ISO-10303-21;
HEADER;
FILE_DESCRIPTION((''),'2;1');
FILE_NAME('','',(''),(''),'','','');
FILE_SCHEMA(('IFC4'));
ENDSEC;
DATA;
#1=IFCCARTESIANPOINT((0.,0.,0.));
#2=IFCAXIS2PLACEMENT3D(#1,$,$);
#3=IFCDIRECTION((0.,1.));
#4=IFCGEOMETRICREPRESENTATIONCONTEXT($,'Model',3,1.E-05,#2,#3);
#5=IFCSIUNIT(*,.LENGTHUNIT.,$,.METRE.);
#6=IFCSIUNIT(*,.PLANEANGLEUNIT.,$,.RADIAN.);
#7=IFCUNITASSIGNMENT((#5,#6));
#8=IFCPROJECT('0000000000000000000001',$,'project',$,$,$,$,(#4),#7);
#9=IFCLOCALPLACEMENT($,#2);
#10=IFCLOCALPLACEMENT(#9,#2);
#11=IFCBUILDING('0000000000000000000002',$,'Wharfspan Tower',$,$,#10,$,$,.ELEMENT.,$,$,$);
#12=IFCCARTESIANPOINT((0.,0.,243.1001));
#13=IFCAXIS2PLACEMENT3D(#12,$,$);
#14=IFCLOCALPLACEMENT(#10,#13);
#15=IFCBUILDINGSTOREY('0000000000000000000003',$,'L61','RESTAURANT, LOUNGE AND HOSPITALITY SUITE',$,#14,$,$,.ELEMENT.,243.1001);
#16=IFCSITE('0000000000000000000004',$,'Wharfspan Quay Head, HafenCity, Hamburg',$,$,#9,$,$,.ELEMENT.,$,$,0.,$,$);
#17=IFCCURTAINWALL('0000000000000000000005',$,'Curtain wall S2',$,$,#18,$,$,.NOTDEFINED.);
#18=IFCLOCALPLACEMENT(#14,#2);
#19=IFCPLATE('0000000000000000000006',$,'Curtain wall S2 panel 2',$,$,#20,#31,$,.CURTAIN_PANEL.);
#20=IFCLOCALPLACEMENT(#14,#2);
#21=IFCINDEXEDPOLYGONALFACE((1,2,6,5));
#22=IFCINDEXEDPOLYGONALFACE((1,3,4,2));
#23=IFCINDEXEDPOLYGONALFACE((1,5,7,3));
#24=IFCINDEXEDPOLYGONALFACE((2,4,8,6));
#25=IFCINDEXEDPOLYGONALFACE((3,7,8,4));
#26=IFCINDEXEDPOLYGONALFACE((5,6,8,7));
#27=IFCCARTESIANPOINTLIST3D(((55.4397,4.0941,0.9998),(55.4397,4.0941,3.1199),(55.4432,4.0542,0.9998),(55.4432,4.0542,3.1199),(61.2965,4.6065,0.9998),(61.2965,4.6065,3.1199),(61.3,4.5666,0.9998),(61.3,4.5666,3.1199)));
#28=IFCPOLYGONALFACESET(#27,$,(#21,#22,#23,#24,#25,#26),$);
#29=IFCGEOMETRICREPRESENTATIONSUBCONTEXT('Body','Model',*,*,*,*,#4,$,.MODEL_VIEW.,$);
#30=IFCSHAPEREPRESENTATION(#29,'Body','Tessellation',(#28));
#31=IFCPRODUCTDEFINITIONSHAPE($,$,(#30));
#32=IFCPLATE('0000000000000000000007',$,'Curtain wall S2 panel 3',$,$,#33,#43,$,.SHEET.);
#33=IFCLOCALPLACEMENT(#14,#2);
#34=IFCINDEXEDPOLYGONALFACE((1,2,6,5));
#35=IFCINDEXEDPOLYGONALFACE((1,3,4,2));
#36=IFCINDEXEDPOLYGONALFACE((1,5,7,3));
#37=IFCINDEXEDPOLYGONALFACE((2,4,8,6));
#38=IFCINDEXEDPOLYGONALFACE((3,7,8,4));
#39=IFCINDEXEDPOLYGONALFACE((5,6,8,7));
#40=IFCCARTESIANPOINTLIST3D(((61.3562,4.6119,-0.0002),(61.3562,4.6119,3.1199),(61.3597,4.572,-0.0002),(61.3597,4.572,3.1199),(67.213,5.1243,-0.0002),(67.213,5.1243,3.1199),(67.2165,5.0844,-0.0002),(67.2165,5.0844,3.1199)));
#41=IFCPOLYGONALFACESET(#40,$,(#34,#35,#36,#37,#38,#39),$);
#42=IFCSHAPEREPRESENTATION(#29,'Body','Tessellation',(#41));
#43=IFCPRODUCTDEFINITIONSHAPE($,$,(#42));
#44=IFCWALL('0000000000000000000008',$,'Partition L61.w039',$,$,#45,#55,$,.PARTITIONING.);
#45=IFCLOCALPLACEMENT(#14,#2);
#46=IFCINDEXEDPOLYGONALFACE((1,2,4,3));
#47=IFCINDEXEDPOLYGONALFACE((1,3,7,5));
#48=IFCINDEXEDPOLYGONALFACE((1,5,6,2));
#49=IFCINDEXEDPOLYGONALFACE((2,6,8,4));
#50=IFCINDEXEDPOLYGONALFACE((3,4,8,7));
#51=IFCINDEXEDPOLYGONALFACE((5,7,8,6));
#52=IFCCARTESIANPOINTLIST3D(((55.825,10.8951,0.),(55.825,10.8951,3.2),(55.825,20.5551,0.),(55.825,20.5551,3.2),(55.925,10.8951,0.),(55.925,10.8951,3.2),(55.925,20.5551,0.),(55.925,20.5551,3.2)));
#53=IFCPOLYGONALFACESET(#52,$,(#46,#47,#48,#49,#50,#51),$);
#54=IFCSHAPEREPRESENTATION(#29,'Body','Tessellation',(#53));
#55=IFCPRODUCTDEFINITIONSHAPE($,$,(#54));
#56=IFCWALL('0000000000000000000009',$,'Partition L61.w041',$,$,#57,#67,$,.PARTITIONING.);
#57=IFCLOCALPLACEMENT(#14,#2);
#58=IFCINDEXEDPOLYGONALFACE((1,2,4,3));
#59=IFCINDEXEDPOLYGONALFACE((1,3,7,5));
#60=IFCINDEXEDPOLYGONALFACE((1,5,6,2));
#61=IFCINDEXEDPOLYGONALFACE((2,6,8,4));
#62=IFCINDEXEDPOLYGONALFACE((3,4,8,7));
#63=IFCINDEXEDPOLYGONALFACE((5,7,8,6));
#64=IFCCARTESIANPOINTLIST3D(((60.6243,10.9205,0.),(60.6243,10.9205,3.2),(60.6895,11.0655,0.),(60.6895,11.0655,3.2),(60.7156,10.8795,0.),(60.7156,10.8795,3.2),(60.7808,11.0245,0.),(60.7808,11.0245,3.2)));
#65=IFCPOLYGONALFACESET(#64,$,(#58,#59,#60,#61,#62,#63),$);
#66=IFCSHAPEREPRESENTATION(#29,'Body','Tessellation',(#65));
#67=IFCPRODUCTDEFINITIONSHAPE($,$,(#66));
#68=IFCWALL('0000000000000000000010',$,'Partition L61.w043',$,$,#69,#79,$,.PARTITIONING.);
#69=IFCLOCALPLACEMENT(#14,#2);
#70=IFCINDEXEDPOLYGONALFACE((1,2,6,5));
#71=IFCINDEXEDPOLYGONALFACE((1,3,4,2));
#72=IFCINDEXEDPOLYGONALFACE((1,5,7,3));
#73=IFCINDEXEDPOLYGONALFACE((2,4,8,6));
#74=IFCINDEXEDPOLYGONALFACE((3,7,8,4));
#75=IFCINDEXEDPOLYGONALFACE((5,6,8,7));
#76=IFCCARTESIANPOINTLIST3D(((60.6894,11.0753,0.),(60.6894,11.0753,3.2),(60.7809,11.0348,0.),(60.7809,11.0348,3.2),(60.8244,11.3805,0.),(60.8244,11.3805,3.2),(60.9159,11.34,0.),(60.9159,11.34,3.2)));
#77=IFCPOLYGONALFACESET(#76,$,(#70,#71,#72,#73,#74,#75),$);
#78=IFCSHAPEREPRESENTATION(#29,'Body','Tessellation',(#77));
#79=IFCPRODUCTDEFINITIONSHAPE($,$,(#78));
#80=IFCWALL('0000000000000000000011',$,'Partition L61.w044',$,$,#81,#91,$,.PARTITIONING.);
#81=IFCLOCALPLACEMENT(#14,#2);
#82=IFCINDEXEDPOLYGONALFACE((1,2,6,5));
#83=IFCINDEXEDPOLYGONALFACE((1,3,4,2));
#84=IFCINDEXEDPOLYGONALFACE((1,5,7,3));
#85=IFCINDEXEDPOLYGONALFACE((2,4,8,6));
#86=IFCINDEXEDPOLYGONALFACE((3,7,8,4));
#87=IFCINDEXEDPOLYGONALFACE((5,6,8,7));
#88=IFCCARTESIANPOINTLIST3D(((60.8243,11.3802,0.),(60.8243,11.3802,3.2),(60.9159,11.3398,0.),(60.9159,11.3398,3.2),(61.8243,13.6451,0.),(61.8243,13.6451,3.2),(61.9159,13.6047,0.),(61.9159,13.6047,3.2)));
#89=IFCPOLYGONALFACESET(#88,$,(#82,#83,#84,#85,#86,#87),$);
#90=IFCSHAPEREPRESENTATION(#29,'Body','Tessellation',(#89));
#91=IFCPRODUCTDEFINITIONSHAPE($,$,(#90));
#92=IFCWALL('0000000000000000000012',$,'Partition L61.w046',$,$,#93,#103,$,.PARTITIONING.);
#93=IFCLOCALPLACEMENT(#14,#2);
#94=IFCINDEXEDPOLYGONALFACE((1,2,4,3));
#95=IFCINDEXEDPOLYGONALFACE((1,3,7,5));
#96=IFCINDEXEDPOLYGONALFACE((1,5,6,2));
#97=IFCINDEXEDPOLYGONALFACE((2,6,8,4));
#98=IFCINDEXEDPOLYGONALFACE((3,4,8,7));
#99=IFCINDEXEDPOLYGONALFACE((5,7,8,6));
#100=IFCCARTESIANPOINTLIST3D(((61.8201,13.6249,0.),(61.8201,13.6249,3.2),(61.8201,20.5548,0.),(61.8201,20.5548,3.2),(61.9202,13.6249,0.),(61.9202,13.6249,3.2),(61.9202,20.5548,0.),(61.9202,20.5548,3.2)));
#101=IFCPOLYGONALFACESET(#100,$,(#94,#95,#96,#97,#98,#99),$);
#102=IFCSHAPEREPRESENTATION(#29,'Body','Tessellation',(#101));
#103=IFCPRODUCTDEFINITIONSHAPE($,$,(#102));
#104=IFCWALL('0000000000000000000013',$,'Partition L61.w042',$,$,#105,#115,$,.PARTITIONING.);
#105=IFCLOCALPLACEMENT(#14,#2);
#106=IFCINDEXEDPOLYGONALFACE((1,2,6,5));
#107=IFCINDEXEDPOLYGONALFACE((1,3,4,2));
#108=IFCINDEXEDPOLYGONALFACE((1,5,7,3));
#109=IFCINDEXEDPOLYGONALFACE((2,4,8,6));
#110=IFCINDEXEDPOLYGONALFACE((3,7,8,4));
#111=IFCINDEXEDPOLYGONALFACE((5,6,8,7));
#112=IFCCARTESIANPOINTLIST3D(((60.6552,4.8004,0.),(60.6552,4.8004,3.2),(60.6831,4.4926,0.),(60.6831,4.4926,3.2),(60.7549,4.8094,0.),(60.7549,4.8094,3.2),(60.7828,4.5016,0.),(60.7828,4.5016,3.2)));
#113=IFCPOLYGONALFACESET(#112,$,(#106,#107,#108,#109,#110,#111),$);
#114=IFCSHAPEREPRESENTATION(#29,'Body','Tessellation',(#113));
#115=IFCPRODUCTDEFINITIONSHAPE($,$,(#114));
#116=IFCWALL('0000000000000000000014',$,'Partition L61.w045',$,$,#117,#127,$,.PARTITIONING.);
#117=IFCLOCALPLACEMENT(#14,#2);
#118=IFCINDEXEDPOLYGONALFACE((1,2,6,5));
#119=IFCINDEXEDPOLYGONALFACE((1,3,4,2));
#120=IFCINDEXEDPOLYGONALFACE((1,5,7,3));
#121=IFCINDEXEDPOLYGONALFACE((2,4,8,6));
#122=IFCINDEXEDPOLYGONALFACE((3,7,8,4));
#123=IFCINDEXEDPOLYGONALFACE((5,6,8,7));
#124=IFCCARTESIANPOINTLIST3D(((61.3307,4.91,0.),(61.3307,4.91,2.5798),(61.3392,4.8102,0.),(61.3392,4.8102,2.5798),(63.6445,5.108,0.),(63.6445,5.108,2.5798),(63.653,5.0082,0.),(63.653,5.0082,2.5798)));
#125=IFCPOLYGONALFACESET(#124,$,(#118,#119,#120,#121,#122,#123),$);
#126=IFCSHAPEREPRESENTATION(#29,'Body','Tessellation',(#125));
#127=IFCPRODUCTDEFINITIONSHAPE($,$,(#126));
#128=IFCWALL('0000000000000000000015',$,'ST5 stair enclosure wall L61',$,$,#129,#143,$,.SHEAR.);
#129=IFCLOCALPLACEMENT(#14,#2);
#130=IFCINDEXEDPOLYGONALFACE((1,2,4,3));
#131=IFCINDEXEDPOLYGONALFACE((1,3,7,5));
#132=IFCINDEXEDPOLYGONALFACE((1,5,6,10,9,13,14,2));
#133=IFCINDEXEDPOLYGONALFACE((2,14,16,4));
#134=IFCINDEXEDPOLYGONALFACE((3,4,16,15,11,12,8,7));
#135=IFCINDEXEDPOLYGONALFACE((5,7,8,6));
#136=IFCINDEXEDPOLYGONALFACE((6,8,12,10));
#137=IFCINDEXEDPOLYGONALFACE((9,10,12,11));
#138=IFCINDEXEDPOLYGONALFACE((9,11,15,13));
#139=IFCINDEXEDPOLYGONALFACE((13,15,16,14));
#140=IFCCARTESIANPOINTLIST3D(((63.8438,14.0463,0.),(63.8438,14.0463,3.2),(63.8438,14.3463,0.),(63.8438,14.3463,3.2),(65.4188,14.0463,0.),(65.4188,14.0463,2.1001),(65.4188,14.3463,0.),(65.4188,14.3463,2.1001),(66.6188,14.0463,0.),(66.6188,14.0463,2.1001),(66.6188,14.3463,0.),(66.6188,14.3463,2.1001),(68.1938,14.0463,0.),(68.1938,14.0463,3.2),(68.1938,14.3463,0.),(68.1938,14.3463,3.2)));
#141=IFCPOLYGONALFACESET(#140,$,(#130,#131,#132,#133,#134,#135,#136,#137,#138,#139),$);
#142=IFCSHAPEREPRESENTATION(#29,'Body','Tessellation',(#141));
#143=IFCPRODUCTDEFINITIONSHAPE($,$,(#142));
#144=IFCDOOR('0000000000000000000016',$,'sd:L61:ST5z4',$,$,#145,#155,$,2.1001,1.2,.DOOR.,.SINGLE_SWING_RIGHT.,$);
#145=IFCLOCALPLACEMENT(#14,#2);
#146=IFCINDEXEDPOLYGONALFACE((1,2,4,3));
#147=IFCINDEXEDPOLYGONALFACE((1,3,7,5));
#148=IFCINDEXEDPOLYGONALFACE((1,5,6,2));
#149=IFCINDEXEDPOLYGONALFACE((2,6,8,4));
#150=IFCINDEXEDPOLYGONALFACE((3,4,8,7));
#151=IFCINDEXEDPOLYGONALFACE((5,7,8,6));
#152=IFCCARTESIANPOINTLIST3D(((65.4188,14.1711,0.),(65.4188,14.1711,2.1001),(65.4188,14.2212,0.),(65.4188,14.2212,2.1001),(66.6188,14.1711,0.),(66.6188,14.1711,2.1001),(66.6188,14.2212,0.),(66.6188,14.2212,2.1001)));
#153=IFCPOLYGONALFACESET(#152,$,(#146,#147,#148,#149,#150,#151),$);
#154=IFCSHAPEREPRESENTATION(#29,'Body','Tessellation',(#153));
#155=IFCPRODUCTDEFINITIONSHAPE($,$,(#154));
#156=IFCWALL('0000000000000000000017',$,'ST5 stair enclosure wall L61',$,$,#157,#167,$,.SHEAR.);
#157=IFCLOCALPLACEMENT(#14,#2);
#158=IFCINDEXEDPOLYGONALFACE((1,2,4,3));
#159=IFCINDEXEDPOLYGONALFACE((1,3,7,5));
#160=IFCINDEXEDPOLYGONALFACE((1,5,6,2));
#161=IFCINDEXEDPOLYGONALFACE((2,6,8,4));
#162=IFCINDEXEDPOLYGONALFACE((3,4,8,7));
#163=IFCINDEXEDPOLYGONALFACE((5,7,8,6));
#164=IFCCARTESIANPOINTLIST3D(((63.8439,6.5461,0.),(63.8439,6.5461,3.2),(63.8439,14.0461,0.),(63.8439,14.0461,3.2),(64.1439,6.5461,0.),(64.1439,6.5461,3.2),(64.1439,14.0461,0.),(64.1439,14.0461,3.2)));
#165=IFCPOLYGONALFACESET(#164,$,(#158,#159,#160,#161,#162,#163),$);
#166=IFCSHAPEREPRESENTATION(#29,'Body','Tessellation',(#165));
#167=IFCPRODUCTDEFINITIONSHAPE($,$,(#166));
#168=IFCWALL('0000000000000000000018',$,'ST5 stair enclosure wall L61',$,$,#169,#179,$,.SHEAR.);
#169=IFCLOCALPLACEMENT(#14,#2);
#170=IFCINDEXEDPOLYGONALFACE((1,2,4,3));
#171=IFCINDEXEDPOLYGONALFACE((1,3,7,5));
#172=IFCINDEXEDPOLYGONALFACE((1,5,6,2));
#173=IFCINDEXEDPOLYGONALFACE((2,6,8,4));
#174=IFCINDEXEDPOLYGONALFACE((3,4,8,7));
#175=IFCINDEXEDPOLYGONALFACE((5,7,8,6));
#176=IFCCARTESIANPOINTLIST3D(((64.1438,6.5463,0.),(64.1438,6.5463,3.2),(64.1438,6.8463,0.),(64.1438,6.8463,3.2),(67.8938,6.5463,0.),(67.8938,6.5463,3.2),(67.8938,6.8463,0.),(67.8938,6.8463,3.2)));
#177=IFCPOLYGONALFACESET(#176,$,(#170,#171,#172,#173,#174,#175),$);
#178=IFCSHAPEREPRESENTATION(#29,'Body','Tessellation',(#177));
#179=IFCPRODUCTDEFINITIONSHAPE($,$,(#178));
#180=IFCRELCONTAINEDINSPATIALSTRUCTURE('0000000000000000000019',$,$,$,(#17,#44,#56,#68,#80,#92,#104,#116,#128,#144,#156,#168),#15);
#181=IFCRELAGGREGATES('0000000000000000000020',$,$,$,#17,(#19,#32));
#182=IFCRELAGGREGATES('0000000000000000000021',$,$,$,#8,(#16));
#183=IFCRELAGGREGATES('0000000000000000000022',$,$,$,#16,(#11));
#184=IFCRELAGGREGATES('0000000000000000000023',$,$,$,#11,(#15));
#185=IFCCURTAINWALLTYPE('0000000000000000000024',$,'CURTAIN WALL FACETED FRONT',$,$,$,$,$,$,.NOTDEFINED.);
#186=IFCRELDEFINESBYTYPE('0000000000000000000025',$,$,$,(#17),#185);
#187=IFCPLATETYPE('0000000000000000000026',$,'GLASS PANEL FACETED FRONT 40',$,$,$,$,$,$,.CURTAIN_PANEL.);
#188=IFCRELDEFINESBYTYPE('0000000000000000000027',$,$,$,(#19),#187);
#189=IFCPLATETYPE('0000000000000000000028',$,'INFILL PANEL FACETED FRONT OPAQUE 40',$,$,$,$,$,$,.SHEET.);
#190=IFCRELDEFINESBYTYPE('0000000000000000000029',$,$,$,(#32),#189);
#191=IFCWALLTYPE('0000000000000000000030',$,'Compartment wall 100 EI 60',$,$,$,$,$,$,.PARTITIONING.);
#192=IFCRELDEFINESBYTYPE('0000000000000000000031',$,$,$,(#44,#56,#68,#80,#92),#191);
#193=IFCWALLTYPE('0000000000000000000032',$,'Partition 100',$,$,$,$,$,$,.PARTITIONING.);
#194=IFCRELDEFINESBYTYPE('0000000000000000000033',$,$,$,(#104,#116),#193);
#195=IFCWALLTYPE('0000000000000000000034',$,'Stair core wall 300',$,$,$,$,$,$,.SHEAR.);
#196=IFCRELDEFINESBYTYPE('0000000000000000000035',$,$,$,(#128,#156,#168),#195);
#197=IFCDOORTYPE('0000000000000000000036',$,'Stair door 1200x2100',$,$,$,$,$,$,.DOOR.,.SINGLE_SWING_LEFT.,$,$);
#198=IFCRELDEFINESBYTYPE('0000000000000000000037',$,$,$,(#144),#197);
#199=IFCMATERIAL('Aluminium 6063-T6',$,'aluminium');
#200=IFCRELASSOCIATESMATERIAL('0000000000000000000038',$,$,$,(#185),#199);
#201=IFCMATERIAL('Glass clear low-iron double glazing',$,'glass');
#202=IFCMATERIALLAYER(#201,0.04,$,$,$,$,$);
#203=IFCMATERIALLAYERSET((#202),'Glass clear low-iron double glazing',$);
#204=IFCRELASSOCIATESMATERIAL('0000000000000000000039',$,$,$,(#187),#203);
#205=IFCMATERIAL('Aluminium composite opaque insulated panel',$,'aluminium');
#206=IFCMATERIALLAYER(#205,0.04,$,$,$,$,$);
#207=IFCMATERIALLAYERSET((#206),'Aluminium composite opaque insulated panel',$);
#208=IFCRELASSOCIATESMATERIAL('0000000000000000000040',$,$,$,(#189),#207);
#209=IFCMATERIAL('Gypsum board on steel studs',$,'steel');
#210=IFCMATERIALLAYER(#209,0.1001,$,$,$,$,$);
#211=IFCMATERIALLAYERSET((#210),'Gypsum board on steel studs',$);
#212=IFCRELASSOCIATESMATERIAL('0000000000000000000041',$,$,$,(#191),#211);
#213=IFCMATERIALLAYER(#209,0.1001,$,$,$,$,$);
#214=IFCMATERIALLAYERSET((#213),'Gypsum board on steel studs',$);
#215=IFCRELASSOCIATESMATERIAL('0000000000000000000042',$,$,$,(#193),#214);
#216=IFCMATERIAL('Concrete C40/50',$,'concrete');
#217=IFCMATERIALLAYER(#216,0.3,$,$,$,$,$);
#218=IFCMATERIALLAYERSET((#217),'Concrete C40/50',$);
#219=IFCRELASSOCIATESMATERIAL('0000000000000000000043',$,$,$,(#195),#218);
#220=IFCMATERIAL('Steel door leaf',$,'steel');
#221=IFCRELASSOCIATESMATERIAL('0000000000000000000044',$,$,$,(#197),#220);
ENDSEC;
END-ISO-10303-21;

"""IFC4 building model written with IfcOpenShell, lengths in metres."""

from ifc_helpers import new_model, si_unit, direction, frame, frame_2d, origin, origin_2d, place, context, subcontext, project, spatial, rectangle, extrude, material, layer, layer_set, type_object, element, fill, aggregate, save


model = new_model("IFC4")

# Units and contexts
model_context = context("Model", 3, precision=1e-05, world=origin(), true_north=direction((0.0, 1.0)))
body_context = subcontext(model_context, "Body", "Model", "MODEL_VIEW")
ifc_project = project(units=[si_unit("LENGTHUNIT", "METRE"), si_unit("PLANEANGLEUNIT", "RADIAN")], contexts=[model_context])

# Site, building, storey
site_placement = place(None, origin())
site = spatial("IfcSite", under=ifc_project, at=site_placement, Name="Wharfspan Quay Head, HafenCity, Hamburg", CompositionType="ELEMENT", RefElevation=0.0)
building_placement = place(site_placement, origin())
building = spatial("IfcBuilding", under=site, at=building_placement, Name="Wharfspan Tower", CompositionType="ELEMENT")
storey_placement = place(building_placement, frame((0.0, 0.0, 243.1001)))
storey = spatial("IfcBuildingStorey", under=building, at=storey_placement, Name="L61", Description="RESTAURANT, LOUNGE AND HOSPITALITY SUITE", CompositionType="ELEMENT", Elevation=243.1001)

# Curtain wall, plates
ifc_material_1 = material(Name="Aluminium 6063-T6", Category="aluminium")
curtain_wall_type = type_object("IfcCurtainWallType", Name="CURTAIN WALL FACETED FRONT", PredefinedType="NOTDEFINED", material=ifc_material_1)
curtain_wall_placement = place(storey_placement, origin())
curtain_wall = element("IfcCurtainWall", 1, at=curtain_wall_placement, inside=storey, type_object=curtain_wall_type, Name="Curtain wall S2", PredefinedType="NOTDEFINED")
ifc_material_2 = material(Name="Glass clear low-iron double glazing", Category="glass")
ifc_layer_1 = layer(ifc_material_2, 0.04)
ifc_layer_set_1 = layer_set([ifc_layer_1], Name="Glass clear low-iron double glazing")
plate_type_1 = type_object("IfcPlateType", Name="GLASS PANEL FACETED FRONT 40", PredefinedType="CURTAIN_PANEL", material=ifc_layer_set_1)
plate_1_placement = place(storey_placement, frame((58.3699, 4.3303, 0.9998), z_axis=(0.0, 0.0, 1.0), x_axis=(0.996197, 0.087156, 0.0)))
plate_1 = element("IfcPlate", 2, at=plate_1_placement, type_object=plate_type_1, Name="Curtain wall S2 panel 2", PredefinedType="CURTAIN_PANEL", context=body_context, shape_type="SweptSolid", body=[
    extrude(rectangle(XDim=5.8792, YDim=0.04, at=origin_2d()), origin(), (0.0, 0.0, 1.0), 2.1201),
])
ifc_material_3 = material(Name="Aluminium composite opaque insulated panel", Category="aluminium")
ifc_layer_2 = layer(ifc_material_3, 0.04)
ifc_layer_set_2 = layer_set([ifc_layer_2], Name="Aluminium composite opaque insulated panel")
plate_type_2 = type_object("IfcPlateType", Name="INFILL PANEL FACETED FRONT OPAQUE 40", PredefinedType="SHEET", material=ifc_layer_set_2)
plate_2_placement = place(storey_placement, frame((64.2864, 4.8481, -0.0002), z_axis=(0.0, 0.0, 1.0), x_axis=(0.996197, 0.087156, 0.0)))
plate_2 = element("IfcPlate", 3, at=plate_2_placement, type_object=plate_type_2, Name="Curtain wall S2 panel 3", PredefinedType="SHEET", context=body_context, shape_type="SweptSolid", body=[
    extrude(rectangle(XDim=5.8792, YDim=0.04, at=origin_2d()), origin(), (0.0, 0.0, 1.0), 3.1201),
])
aggregate(curtain_wall, [plate_1, plate_2])

# Walls
ifc_material_4 = material(Name="Gypsum board on steel studs", Category="steel")
ifc_layer_3 = layer(ifc_material_4, 0.1001)
ifc_layer_set_3 = layer_set([ifc_layer_3], Name="Gypsum board on steel studs")
wall_type_1 = type_object("IfcWallType", Name="Compartment wall 100 EI 60", PredefinedType="PARTITIONING", material=ifc_layer_set_3)
wall_1_placement = place(storey_placement, frame((55.875, 10.895, 0.0), z_axis=(0.0, 0.0, 1.0), x_axis=(0.0, 1.0, 0.0)))
element("IfcWall", 4, at=wall_1_placement, inside=storey, type_object=wall_type_1, Name="Partition L61.w039", PredefinedType="PARTITIONING", context=body_context, shape_type="SweptSolid", body=[
    extrude(rectangle(XDim=9.6599, YDim=0.1001, at=frame_2d((4.8301, 0.0))), origin(), (0.0, 0.0, 1.0), 3.2),
])
wall_2_placement = place(storey_placement, frame((60.6699, 10.8999, 0.0), z_axis=(0.0, 0.0, 1.0), x_axis=(0.409983, 0.912097, 0.0)))
element("IfcWall", 5, at=wall_2_placement, inside=storey, type_object=wall_type_1, Name="Partition L61.w041", PredefinedType="PARTITIONING", context=body_context, shape_type="SweptSolid", body=[
    extrude(rectangle(XDim=0.1589, YDim=0.1001, at=frame_2d((0.0796, 0.0))), origin(), (0.0, 0.0, 1.0), 3.2),
])
wall_3_placement = place(storey_placement, frame((60.7351, 11.0549, 0.0), z_axis=(0.0, 0.0, 1.0), x_axis=(0.404577, 0.914505, 0.0)))
element("IfcWall", 6, at=wall_3_placement, inside=storey, type_object=wall_type_1, Name="Partition L61.w043", PredefinedType="PARTITIONING", context=body_context, shape_type="SweptSolid", body=[
    extrude(rectangle(XDim=0.3337, YDim=0.1001, at=frame_2d((0.167, 0.0))), origin(), (0.0, 0.0, 1.0), 3.2),
])
wall_4_placement = place(storey_placement, frame((60.8701, 11.3601, 0.0), z_axis=(0.0, 0.0, 1.0), x_axis=(0.403903, 0.914797, 0.0)))
element("IfcWall", 7, at=wall_4_placement, inside=storey, type_object=wall_type_1, Name="Partition L61.w044", PredefinedType="PARTITIONING", context=body_context, shape_type="SweptSolid", body=[
    extrude(rectangle(XDim=2.4758, YDim=0.1001, at=frame_2d((1.2378, 0.0))), origin(), (0.0, 0.0, 1.0), 3.2),
])
wall_5_placement = place(storey_placement, frame((61.8701, 13.625, 0.0), z_axis=(0.0, 0.0, 1.0), x_axis=(0.0, 1.0, 0.0)))
element("IfcWall", 8, at=wall_5_placement, inside=storey, type_object=wall_type_1, Name="Partition L61.w046", PredefinedType="PARTITIONING", context=body_context, shape_type="SweptSolid", body=[
    extrude(rectangle(XDim=6.9299, YDim=0.1001, at=frame_2d((3.4648, 0.0))), origin(), (0.0, 0.0, 1.0), 3.2),
])
ifc_layer_4 = layer(ifc_material_4, 0.1001)
ifc_layer_set_4 = layer_set([ifc_layer_4], Name="Gypsum board on steel studs")
wall_type_2 = type_object("IfcWallType", Name="Partition 100", PredefinedType="PARTITIONING", material=ifc_layer_set_4)
wall_6_placement = place(storey_placement, frame((60.7329, 4.4971, 0.0), z_axis=(0.0, 0.0, 1.0), x_axis=(-0.090037, 0.995936, 0.0)))
element("IfcWall", 9, at=wall_6_placement, inside=storey, type_object=wall_type_2, Name="Partition L61.w042", PredefinedType="PARTITIONING", context=body_context, shape_type="SweptSolid", body=[
    extrude(rectangle(XDim=0.3091, YDim=0.1001, at=frame_2d((0.1545, 0.0))), origin(), (0.0, 0.0, 1.0), 3.2),
])
wall_7_placement = place(storey_placement, frame((61.335, 4.8601, 0.0), z_axis=(0.0, 0.0, 1.0), x_axis=(0.996359, 0.085264, 0.0)))
element("IfcWall", 10, at=wall_7_placement, inside=storey, type_object=wall_type_2, Name="Partition L61.w045", PredefinedType="PARTITIONING", context=body_context, shape_type="SweptSolid", body=[
    extrude(rectangle(XDim=2.3223, YDim=0.1001, at=frame_2d((1.1611, 0.0))), origin(), (0.0, 0.0, 1.0), 2.5798),
])

# Wall, opening, door
ifc_material_5 = material(Name="Concrete C40/50", Category="concrete")
ifc_layer_5 = layer(ifc_material_5, 0.3)
ifc_layer_set_5 = layer_set([ifc_layer_5], Name="Concrete C40/50")
wall_type_3 = type_object("IfcWallType", Name="Stair core wall 300", PredefinedType="SHEAR", material=ifc_layer_set_5)
wall_8_placement = place(storey_placement, frame((63.8438, 14.1963, 0.0), z_axis=(0.0, 0.0, 1.0), x_axis=(1.0, 0.0, 0.0)))
wall_8 = element("IfcWall", 11, at=wall_8_placement, inside=storey, type_object=wall_type_3, Name="ST5 stair enclosure wall L61", PredefinedType="SHEAR", context=body_context, shape_type="SweptSolid", body=[
    extrude(rectangle(XDim=4.3501, YDim=0.3, at=frame_2d((2.175, 0.0))), origin(), (0.0, 0.0, 1.0), 3.2),
])
opening_placement = place(wall_8_placement, frame((1.575, 0.0, 0.0)))
opening = element("IfcOpeningElement", 12, at=opening_placement, cuts=wall_8, PredefinedType="OPENING", context=body_context, shape_type="SweptSolid", body=[
    extrude(rectangle(XDim=1.2, YDim=2.1001, at=frame_2d((0.6001, 1.05))), frame((0.0, 0.1599, 0.0), z_axis=(0.0, -1.0, 0.0), x_axis=(1.0, 0.0, 0.0)), (0.0, 0.0, 1.0), 0.3201),
])
ifc_material_6 = material(Name="Steel door leaf", Category="steel")
door_type = type_object("IfcDoorType", Name="Stair door 1200x2100", OperationType="SINGLE_SWING_LEFT", PredefinedType="DOOR", material=ifc_material_6)
door_placement = place(opening_placement, origin())
door = element("IfcDoor", 13, at=door_placement, inside=storey, type_object=door_type, Name="sd:L61:ST5z4", OperationType="SINGLE_SWING_RIGHT", OverallHeight=2.1001, OverallWidth=1.2, PredefinedType="DOOR", context=body_context, shape_type="SweptSolid", body=[
    extrude(rectangle(XDim=1.2, YDim=2.1001, at=frame_2d((0.6001, 1.05))), frame((0.0, 0.0249, 0.0), z_axis=(0.0, -1.0, 0.0), x_axis=(1.0, 0.0, 0.0)), (0.0, 0.0, 1.0), 0.05),
])
fill(opening, door)

# Walls
wall_9_placement = place(storey_placement, frame((63.9939, 6.5461, 0.0), z_axis=(0.0, 0.0, 1.0), x_axis=(0.0, 1.0, 0.0)))
element("IfcWall", 14, at=wall_9_placement, inside=storey, type_object=wall_type_3, Name="ST5 stair enclosure wall L61", PredefinedType="SHEAR", context=body_context, shape_type="SweptSolid", body=[
    extrude(rectangle(XDim=7.5, YDim=0.3, at=frame_2d((3.75, 0.0))), origin(), (0.0, 0.0, 1.0), 3.2),
])
wall_10_placement = place(storey_placement, frame((64.1438, 6.6963, 0.0), z_axis=(0.0, 0.0, 1.0), x_axis=(1.0, 0.0, 0.0)))
element("IfcWall", 15, at=wall_10_placement, inside=storey, type_object=wall_type_3, Name="ST5 stair enclosure wall L61", PredefinedType="SHEAR", context=body_context, shape_type="SweptSolid", body=[
    extrude(rectangle(XDim=3.75, YDim=0.3, at=frame_2d((1.875, 0.0))), origin(), (0.0, 0.0, 1.0), 3.2),
])

save(model, "model.ifc")
